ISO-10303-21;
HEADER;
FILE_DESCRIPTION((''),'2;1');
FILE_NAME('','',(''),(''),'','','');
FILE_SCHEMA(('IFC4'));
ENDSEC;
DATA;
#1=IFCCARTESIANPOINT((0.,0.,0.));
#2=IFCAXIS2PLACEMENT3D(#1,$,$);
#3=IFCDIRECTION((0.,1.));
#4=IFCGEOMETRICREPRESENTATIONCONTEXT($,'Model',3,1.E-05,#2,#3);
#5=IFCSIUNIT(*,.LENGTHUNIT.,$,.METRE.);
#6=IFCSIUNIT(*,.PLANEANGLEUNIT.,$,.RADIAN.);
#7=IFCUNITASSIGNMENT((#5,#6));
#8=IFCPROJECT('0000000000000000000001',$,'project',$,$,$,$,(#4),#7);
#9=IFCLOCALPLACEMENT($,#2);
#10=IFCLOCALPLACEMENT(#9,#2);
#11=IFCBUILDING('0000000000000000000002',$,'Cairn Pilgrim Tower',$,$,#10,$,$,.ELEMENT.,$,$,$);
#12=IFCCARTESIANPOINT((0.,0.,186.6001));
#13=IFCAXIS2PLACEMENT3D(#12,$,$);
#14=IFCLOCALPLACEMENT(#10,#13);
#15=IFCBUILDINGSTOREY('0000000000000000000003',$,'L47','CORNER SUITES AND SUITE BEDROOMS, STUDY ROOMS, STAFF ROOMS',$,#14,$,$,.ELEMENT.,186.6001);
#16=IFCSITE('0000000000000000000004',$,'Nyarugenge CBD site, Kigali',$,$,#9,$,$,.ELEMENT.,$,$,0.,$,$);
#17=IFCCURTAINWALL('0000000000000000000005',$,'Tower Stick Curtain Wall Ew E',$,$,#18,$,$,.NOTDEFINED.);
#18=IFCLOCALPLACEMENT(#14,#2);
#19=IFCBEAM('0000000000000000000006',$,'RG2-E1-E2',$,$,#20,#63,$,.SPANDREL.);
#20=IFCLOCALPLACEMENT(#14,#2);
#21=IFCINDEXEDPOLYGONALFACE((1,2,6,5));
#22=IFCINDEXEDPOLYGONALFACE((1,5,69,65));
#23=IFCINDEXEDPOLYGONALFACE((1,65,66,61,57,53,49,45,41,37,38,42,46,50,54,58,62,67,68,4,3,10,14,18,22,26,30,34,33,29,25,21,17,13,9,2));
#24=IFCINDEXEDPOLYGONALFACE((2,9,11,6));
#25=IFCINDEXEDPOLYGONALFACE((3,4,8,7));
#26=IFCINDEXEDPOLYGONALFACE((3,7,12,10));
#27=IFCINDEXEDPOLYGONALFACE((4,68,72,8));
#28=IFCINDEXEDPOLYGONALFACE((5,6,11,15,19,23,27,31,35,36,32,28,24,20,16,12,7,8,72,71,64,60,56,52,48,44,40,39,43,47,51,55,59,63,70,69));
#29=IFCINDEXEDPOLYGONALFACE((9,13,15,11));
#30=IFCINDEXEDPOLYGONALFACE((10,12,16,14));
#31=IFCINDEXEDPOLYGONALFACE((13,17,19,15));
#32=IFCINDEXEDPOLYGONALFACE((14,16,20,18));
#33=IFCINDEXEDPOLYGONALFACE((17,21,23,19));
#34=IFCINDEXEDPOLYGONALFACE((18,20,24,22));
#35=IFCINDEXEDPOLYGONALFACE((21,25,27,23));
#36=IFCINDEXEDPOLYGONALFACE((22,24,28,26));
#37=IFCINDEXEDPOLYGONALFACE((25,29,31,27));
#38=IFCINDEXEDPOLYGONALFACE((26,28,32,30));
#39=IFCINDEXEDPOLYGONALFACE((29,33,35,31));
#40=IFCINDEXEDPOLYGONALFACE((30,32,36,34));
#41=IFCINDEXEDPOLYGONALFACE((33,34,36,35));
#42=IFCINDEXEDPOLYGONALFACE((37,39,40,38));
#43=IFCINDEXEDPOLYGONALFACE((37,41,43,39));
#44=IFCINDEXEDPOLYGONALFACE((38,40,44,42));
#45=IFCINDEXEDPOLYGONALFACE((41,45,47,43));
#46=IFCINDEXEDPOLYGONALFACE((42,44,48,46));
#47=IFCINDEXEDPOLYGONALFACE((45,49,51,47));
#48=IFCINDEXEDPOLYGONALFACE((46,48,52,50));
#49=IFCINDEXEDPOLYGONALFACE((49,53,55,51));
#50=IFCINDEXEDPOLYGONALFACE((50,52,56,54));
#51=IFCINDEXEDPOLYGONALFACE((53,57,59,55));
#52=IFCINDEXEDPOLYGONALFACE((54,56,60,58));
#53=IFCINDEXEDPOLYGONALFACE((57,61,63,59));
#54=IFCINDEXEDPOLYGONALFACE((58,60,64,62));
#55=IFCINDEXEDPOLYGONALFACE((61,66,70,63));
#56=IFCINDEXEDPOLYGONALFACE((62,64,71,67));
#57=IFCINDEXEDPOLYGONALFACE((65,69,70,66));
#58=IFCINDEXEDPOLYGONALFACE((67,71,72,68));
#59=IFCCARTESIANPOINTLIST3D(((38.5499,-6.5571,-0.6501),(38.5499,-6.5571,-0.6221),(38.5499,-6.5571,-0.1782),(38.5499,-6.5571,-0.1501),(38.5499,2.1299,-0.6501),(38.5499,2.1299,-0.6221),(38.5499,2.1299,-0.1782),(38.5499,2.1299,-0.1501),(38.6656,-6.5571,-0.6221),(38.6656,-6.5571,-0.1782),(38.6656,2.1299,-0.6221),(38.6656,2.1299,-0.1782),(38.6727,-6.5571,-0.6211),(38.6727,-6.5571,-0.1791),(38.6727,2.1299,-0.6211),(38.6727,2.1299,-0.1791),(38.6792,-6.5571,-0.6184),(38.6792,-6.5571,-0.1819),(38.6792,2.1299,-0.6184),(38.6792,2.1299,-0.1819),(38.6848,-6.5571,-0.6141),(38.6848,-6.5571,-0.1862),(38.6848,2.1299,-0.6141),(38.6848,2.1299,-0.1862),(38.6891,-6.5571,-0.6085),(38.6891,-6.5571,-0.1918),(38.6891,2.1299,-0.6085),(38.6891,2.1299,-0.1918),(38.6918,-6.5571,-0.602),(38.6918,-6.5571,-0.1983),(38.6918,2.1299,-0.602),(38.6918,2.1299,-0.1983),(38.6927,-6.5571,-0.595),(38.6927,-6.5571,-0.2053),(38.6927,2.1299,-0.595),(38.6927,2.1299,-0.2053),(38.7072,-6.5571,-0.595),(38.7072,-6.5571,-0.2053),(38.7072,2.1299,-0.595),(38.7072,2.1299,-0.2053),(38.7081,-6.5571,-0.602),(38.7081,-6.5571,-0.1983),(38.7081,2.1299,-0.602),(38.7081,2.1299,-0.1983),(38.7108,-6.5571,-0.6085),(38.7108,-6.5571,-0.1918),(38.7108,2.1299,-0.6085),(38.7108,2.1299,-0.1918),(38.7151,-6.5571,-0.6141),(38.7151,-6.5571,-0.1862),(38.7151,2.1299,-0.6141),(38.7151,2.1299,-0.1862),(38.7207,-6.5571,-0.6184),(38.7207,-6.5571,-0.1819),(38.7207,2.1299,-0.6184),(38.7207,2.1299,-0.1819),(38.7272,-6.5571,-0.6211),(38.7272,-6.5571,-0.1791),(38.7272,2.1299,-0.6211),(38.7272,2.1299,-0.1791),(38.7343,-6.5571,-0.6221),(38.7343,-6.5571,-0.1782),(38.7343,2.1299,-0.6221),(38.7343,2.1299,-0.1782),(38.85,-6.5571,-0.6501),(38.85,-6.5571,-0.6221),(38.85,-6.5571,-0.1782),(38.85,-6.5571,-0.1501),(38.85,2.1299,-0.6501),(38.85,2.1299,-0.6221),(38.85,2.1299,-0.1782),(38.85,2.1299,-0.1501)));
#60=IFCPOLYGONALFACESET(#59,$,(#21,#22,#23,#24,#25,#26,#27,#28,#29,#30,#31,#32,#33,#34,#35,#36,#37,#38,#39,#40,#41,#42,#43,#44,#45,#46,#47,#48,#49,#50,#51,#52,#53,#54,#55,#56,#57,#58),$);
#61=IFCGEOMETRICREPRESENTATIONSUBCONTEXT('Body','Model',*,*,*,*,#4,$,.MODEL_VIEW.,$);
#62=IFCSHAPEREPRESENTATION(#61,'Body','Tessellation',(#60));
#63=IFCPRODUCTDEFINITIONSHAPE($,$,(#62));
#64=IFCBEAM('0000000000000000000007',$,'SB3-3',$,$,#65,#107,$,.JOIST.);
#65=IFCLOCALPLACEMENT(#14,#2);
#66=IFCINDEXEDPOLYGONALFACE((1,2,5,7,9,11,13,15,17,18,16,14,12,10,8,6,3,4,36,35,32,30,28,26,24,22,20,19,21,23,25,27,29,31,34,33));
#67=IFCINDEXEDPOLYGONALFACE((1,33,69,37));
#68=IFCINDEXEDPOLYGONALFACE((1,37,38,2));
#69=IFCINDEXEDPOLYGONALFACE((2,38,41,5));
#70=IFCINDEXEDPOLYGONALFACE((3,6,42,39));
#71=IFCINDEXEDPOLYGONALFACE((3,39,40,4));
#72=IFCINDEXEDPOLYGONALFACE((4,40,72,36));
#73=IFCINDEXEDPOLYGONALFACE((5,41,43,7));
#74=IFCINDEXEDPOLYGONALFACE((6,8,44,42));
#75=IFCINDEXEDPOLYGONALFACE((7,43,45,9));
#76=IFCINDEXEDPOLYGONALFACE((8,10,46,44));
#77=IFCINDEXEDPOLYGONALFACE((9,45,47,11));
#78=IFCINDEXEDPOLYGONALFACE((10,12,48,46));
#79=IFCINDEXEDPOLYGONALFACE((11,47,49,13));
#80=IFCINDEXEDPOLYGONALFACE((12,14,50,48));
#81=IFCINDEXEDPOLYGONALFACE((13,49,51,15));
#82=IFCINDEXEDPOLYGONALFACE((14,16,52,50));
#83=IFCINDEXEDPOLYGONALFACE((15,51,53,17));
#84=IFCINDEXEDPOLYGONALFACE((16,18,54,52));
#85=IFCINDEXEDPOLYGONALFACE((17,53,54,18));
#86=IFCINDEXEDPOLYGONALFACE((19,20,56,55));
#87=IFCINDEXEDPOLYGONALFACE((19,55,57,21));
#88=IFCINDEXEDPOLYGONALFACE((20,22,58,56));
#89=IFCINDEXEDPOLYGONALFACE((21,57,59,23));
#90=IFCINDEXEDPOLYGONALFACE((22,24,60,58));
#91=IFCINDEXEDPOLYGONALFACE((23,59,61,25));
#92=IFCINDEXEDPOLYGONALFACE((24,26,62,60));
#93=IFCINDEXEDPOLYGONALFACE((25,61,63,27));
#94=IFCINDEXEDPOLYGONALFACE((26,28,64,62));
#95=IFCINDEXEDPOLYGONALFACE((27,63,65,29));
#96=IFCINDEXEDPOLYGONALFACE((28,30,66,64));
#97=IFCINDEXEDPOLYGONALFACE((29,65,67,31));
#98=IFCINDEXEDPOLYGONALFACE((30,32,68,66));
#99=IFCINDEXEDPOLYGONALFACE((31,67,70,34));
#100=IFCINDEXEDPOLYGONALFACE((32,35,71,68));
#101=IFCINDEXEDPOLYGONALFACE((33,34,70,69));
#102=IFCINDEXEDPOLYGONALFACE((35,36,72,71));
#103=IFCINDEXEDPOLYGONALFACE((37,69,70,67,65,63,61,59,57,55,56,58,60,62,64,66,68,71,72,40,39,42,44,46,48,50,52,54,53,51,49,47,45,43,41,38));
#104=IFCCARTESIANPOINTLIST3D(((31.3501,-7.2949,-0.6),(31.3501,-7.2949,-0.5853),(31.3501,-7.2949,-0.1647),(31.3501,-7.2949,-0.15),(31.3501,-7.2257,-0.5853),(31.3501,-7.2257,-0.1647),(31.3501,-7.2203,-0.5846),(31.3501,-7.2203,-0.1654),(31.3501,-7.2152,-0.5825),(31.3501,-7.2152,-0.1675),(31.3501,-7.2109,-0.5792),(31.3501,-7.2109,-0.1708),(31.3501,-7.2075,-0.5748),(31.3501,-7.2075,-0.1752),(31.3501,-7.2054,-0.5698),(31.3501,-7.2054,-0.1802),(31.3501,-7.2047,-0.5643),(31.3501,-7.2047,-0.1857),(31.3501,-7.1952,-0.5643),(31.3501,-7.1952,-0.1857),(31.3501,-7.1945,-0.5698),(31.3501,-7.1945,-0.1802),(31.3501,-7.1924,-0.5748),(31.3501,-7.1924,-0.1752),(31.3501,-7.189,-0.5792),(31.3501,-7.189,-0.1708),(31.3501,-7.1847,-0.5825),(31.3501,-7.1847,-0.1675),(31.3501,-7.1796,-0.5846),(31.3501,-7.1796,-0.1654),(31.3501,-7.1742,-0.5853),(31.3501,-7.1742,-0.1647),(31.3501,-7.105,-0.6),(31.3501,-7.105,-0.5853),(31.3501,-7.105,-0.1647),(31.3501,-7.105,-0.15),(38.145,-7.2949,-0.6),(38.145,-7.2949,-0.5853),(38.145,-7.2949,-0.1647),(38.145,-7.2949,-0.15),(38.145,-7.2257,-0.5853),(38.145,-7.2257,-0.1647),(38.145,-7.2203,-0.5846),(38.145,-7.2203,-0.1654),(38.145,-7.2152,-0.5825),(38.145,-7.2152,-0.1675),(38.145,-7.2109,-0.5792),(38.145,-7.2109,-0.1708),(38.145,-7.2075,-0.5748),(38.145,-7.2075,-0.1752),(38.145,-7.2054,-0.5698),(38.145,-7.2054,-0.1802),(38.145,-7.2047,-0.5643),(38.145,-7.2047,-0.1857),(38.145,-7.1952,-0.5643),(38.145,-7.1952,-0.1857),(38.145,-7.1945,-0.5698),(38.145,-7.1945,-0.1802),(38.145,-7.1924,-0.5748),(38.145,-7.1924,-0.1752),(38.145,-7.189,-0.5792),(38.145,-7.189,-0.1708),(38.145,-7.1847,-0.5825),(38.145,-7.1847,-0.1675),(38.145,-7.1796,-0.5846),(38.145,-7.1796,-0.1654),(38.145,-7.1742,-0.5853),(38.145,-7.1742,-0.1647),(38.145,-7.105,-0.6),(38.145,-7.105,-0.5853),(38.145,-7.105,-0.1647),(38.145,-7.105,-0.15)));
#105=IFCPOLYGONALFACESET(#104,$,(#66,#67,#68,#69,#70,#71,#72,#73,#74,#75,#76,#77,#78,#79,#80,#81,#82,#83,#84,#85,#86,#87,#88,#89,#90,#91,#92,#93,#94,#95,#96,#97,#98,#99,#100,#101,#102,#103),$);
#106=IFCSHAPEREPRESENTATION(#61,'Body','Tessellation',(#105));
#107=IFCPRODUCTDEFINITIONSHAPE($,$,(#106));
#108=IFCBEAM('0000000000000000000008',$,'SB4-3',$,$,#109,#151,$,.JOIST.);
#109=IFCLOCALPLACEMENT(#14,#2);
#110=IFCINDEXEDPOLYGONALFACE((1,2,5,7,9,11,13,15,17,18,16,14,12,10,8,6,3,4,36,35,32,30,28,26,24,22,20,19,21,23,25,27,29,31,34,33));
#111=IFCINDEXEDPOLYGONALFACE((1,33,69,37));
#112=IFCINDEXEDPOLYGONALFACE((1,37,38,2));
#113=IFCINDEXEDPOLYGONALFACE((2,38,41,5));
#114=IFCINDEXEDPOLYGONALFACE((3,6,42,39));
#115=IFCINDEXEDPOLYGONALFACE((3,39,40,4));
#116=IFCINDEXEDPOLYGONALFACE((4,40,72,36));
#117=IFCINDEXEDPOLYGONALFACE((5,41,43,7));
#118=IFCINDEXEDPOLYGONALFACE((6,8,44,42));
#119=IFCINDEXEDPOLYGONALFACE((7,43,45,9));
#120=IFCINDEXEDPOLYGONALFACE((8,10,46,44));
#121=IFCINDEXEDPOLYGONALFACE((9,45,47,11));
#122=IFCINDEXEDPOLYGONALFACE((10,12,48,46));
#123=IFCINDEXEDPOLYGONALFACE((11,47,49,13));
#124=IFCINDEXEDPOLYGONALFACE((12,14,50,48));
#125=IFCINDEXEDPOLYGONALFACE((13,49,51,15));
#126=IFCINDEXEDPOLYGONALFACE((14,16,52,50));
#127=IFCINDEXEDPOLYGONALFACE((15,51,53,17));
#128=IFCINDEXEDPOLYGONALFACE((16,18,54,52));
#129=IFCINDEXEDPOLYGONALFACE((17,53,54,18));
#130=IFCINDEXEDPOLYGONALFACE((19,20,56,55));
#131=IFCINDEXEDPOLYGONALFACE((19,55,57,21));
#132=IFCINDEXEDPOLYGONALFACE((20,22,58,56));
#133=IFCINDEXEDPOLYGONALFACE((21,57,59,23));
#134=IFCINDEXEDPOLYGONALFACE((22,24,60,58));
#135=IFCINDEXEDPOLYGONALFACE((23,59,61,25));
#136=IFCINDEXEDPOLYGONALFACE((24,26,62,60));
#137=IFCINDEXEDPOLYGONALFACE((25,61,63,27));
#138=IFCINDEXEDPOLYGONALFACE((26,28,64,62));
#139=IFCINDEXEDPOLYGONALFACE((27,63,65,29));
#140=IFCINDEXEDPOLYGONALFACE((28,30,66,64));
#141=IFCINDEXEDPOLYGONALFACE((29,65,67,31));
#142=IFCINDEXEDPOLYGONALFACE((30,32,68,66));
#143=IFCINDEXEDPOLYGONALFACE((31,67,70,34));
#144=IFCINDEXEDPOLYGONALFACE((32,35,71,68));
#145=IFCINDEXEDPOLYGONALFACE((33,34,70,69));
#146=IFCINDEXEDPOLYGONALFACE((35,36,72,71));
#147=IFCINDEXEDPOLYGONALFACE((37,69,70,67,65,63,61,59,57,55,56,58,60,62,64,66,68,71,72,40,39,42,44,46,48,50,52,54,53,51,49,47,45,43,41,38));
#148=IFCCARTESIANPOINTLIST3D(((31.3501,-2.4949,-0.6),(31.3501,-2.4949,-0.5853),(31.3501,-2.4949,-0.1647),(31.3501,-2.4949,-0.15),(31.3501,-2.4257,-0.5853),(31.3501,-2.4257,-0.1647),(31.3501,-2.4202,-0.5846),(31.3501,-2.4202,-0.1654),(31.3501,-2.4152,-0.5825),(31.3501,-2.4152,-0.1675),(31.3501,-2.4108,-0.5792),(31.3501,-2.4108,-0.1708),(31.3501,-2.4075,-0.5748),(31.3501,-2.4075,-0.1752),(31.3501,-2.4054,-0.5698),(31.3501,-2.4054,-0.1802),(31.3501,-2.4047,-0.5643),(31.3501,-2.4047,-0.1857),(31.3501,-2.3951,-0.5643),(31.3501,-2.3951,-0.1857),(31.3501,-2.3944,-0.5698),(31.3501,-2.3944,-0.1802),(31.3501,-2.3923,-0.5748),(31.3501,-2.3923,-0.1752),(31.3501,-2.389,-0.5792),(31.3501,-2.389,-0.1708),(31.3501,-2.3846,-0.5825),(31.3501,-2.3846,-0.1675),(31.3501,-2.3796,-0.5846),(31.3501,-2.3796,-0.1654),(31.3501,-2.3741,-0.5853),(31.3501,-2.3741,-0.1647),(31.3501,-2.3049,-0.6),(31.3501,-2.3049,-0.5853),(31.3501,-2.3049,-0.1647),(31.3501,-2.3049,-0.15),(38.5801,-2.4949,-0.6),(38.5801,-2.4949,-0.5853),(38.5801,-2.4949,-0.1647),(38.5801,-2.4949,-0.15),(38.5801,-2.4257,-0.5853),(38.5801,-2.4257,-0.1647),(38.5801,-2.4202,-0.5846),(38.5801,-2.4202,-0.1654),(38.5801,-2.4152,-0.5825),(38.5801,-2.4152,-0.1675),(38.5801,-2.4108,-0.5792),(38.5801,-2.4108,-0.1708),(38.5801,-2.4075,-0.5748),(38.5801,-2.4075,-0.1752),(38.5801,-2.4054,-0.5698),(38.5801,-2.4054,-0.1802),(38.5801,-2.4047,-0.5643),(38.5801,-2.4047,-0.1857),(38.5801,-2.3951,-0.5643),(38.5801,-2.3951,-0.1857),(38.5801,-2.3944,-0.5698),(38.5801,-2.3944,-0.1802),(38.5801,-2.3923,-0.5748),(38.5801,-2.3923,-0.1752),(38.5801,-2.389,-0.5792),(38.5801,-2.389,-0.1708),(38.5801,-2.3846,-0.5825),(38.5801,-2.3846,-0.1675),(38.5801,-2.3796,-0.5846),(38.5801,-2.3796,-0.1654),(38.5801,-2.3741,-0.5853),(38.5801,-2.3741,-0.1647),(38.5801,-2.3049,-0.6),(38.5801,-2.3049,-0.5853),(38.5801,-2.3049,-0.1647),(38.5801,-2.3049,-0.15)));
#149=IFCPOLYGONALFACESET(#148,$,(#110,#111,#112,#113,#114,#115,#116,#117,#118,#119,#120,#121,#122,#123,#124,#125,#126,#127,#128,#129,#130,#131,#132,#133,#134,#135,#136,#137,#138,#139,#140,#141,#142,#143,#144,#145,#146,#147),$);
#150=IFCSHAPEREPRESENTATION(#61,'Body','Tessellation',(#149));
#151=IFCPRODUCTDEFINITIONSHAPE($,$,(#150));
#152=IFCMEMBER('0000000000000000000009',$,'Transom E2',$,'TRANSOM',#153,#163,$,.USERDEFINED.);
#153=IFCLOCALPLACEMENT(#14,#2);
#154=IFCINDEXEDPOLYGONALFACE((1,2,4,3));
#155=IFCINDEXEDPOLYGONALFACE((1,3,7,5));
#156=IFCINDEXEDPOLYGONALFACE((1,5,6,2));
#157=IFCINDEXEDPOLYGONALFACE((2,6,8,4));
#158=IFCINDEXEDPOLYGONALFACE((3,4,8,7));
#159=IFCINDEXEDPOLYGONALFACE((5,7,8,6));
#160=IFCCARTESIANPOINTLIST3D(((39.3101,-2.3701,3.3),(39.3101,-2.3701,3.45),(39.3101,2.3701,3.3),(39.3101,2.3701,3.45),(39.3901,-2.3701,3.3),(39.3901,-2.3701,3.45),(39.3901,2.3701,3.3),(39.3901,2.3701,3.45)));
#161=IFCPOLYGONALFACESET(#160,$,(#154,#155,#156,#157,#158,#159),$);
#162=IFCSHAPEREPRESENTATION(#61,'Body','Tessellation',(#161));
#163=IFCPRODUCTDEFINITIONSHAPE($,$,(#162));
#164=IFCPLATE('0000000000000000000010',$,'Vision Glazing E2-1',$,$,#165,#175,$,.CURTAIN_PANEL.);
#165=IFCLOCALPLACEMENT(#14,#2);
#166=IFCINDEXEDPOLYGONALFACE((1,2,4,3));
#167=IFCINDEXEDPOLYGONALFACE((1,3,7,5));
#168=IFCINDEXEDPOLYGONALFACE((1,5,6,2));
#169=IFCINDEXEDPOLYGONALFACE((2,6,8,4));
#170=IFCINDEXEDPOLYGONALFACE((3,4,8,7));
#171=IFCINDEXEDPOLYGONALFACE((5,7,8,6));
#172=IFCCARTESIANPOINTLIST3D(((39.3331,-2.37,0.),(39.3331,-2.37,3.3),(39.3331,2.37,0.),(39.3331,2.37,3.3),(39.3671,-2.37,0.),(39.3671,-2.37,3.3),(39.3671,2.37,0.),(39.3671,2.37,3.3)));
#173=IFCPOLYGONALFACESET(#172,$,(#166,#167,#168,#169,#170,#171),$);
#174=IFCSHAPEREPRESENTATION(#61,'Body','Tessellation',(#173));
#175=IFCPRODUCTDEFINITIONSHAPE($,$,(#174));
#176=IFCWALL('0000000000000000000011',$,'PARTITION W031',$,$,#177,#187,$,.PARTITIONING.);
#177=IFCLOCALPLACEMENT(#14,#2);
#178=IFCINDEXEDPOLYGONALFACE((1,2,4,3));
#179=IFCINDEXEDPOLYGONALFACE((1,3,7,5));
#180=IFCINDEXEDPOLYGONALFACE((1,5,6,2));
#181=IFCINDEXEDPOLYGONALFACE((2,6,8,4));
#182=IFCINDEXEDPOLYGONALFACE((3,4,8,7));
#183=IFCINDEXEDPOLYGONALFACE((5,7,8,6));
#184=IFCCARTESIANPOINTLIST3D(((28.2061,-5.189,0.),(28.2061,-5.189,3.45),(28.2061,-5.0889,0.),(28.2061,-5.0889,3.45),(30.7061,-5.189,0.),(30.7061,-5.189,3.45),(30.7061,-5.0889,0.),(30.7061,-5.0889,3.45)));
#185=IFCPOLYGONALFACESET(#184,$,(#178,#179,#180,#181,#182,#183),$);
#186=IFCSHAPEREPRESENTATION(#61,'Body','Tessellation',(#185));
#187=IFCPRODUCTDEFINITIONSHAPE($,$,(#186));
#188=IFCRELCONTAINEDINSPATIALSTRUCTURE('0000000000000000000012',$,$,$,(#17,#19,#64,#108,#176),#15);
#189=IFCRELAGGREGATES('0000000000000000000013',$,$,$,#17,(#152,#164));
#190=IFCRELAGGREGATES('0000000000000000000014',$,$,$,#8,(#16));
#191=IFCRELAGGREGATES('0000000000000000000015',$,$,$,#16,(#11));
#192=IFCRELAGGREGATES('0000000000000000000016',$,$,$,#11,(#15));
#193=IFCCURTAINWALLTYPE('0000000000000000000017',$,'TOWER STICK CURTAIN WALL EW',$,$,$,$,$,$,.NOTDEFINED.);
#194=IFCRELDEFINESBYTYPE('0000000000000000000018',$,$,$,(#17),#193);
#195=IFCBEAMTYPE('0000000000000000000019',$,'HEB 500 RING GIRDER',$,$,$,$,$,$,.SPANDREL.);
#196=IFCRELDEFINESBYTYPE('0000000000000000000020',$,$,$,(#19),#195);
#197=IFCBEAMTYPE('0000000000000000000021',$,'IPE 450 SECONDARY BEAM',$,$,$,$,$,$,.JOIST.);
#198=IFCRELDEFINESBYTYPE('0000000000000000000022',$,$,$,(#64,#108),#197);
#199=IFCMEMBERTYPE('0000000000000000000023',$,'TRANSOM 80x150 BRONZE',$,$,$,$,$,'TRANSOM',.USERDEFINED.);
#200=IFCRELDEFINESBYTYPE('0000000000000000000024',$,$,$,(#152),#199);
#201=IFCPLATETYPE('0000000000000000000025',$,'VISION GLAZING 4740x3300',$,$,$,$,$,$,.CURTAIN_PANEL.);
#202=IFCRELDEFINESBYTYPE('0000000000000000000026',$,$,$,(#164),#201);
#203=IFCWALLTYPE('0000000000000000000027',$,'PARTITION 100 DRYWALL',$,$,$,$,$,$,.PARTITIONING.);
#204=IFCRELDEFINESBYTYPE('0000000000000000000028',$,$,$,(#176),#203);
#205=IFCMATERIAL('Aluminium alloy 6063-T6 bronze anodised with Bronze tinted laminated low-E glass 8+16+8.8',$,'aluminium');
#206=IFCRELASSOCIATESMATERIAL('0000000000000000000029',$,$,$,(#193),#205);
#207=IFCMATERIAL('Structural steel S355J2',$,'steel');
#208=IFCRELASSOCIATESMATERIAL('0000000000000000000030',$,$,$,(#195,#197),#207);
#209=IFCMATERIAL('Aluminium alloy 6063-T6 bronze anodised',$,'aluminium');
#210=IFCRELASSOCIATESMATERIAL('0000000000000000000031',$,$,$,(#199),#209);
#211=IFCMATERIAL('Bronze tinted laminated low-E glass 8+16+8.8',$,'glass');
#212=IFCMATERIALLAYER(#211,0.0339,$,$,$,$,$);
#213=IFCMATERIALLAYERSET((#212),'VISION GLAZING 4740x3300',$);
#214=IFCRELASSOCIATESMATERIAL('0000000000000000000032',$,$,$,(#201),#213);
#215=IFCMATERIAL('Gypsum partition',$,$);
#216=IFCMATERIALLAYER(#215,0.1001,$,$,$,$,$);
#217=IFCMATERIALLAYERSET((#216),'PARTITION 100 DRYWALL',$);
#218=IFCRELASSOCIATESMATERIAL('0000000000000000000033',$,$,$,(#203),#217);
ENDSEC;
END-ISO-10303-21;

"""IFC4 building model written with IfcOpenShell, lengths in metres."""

from ifc_helpers import new_model, si_unit, direction, frame, frame_2d, origin, origin_2d, place, context, subcontext, project, spatial, rectangle, i_section, extrude, material, layer, layer_set, material_profile, profile_set, type_object, element, aggregate, save


model = new_model("IFC4")

# Units and contexts
model_context = context("Model", 3, precision=1e-05, world=origin(), true_north=direction((0.0, 1.0)))
body_context = subcontext(model_context, "Body", "Model", "MODEL_VIEW")
ifc_project = project(units=[si_unit("LENGTHUNIT", "METRE"), si_unit("PLANEANGLEUNIT", "RADIAN")], contexts=[model_context])

# Site, building, storey
site_placement = place(None, origin())
site = spatial("IfcSite", under=ifc_project, at=site_placement, Name="Nyarugenge CBD site, Kigali", CompositionType="ELEMENT", RefElevation=0.0)
building_placement = place(site_placement, origin())
building = spatial("IfcBuilding", under=site, at=building_placement, Name="Cairn Pilgrim Tower", CompositionType="ELEMENT")
storey_placement = place(building_placement, frame((0.0, 0.0, 186.6001)))
storey = spatial("IfcBuildingStorey", under=building, at=storey_placement, Name="L47", Description="CORNER SUITES AND SUITE BEDROOMS, STUDY ROOMS, STAFF ROOMS", CompositionType="ELEMENT", Elevation=186.6001)

# Shared definitions
ifc_material_1 = material(Name="Aluminium alloy 6063-T6 bronze anodised with Bronze tinted laminated low-E glass 8+16+8.8", Category="aluminium")
ifc_material_2 = material(Name="Aluminium alloy 6063-T6 bronze anodised", Category="aluminium")

# Curtain wall
curtain_wall_type_1 = type_object("IfcCurtainWallType", Name="TOWER STICK CURTAIN WALL EW", PredefinedType="NOTDEFINED", material=ifc_material_1)
curtain_wall_1_placement = place(storey_placement, origin())
curtain_wall_1 = element("IfcCurtainWall", 1, at=curtain_wall_1_placement, inside=storey, type_object=curtain_wall_type_1, Name="Tower Stick Curtain Wall Ew E", PredefinedType="NOTDEFINED")

# Beams
ifc_material_3 = material(Name="Structural steel S355J2", Category="steel")
ifc_material_profile_1 = material_profile(ifc_material_3, i_section(OverallWidth=0.3, OverallDepth=0.5, WebThickness=0.0144, FlangeThickness=0.0281, FilletRadius=0.0271, at=origin_2d()), Name="HEB 500")
ifc_profile_set_1 = profile_set([ifc_material_profile_1], Name="Structural steel S355J2")
beam_type_1 = type_object("IfcBeamType", Name="HEB 500 RING GIRDER", PredefinedType="SPANDREL", material=ifc_profile_set_1)
beam_1_placement = place(storey_placement, frame((38.7, -6.5571, -0.4001), z_axis=(0.0, 1.0, 0.0), x_axis=(-1.0, 0.0, 0.0)))
element("IfcBeam", 2, at=beam_1_placement, inside=storey, type_object=beam_type_1, Name="RG2-E1-E2", PredefinedType="SPANDREL", context=body_context, shape_type="SweptSolid", body=[
    extrude(i_section(OverallWidth=0.3, OverallDepth=0.5, WebThickness=0.0144, FlangeThickness=0.0281, FilletRadius=0.0271, at=origin_2d()), origin(), (0.0, 0.0, 1.0), 8.687),
])
ifc_material_profile_2 = material_profile(ifc_material_3, i_section(OverallWidth=0.1899, OverallDepth=0.45, WebThickness=0.0095, FlangeThickness=0.0146, FilletRadius=0.021, at=origin_2d()), Name="IPE 450")
ifc_profile_set_2 = profile_set([ifc_material_profile_2], Name="Structural steel S355J2")
beam_type_2 = type_object("IfcBeamType", Name="IPE 450 SECONDARY BEAM", PredefinedType="JOIST", material=ifc_profile_set_2)
beam_2_placement = place(storey_placement, frame((31.3501, -7.2, -0.375), z_axis=(1.0, 0.0, 0.0), x_axis=(0.0, 1.0, 0.0)))
element("IfcBeam", 3, at=beam_2_placement, inside=storey, type_object=beam_type_2, Name="SB3-3", PredefinedType="JOIST", context=body_context, shape_type="SweptSolid", body=[
    extrude(i_section(OverallWidth=0.1899, OverallDepth=0.45, WebThickness=0.0095, FlangeThickness=0.0146, FilletRadius=0.021, at=origin_2d()), origin(), (0.0, 0.0, 1.0), 6.7949),
])
beam_3_placement = place(storey_placement, frame((31.3501, -2.3999, -0.375), z_axis=(1.0, 0.0, 0.0), x_axis=(0.0, 1.0, 0.0)))
element("IfcBeam", 4, at=beam_3_placement, inside=storey, type_object=beam_type_2, Name="SB4-3", PredefinedType="JOIST", context=body_context, shape_type="SweptSolid", body=[
    extrude(i_section(OverallWidth=0.1899, OverallDepth=0.45, WebThickness=0.0095, FlangeThickness=0.0146, FilletRadius=0.021, at=origin_2d()), origin(), (0.0, 0.0, 1.0), 7.23),
])

# Member
ifc_material_profile_3 = material_profile(ifc_material_2, rectangle(XDim=0.0801, YDim=0.1499, at=origin_2d()), Name="TRANSOM 80x150 BRONZE")
ifc_profile_set_3 = profile_set([ifc_material_profile_3], Name="Aluminium alloy 6063-T6 bronze anodised")
member_type_1 = type_object("IfcMemberType", Name="TRANSOM 80x150 BRONZE", ElementType="TRANSOM", PredefinedType="USERDEFINED", material=ifc_profile_set_3)
member_1_placement = place(storey_placement, frame((39.3501, -2.3701, 3.375), z_axis=(0.0, 1.0, 0.0), x_axis=(-1.0, 0.0, 0.0)))
member_1 = element("IfcMember", 5, at=member_1_placement, type_object=member_type_1, Name="Transom E2", ObjectType="TRANSOM", PredefinedType="USERDEFINED", context=body_context, shape_type="SweptSolid", body=[
    extrude(rectangle(XDim=0.0801, YDim=0.1499, at=origin_2d()), origin(), (0.0, 0.0, 1.0), 4.7402),
])

# Plate
ifc_material_4 = material(Name="Bronze tinted laminated low-E glass 8+16+8.8", Category="glass")
ifc_layer_1 = layer(ifc_material_4, 0.0339)
ifc_layer_set_1 = layer_set([ifc_layer_1], Name="VISION GLAZING 4740x3300")
plate_type = type_object("IfcPlateType", Name="VISION GLAZING 4740x3300", PredefinedType="CURTAIN_PANEL", material=ifc_layer_set_1)
plate_placement = place(storey_placement, frame((39.3501, 0.0, 0.0), z_axis=(0.0, 0.0, 1.0), x_axis=(0.0, 1.0, 0.0)))
plate = element("IfcPlate", 6, at=plate_placement, type_object=plate_type, Name="Vision Glazing E2-1", PredefinedType="CURTAIN_PANEL", context=body_context, shape_type="SweptSolid", body=[
    extrude(rectangle(XDim=4.74, YDim=0.0339, at=origin_2d()), origin(), (0.0, 0.0, 1.0), 3.3),
])
aggregate(curtain_wall_1, [member_1, plate])

# Wall
ifc_material_5 = material(Name="Gypsum partition")
ifc_layer_2 = layer(ifc_material_5, 0.1001)
ifc_layer_set_2 = layer_set([ifc_layer_2], Name="PARTITION 100 DRYWALL")
wall_type_1 = type_object("IfcWallType", Name="PARTITION 100 DRYWALL", PredefinedType="PARTITIONING", material=ifc_layer_set_2)
wall_1_placement = place(storey_placement, frame((28.2061, -5.1389, 0.0), z_axis=(0.0, 0.0, 1.0), x_axis=(1.0, 0.0, 0.0)))
element("IfcWall", 7, at=wall_1_placement, inside=storey, type_object=wall_type_1, Name="PARTITION W031", PredefinedType="PARTITIONING", context=body_context, shape_type="SweptSolid", body=[
    extrude(rectangle(XDim=2.5, YDim=0.1001, at=frame_2d((1.25, 0.0))), origin(), (0.0, 0.0, 1.0), 3.45),
])

save(model, "model.ifc")
